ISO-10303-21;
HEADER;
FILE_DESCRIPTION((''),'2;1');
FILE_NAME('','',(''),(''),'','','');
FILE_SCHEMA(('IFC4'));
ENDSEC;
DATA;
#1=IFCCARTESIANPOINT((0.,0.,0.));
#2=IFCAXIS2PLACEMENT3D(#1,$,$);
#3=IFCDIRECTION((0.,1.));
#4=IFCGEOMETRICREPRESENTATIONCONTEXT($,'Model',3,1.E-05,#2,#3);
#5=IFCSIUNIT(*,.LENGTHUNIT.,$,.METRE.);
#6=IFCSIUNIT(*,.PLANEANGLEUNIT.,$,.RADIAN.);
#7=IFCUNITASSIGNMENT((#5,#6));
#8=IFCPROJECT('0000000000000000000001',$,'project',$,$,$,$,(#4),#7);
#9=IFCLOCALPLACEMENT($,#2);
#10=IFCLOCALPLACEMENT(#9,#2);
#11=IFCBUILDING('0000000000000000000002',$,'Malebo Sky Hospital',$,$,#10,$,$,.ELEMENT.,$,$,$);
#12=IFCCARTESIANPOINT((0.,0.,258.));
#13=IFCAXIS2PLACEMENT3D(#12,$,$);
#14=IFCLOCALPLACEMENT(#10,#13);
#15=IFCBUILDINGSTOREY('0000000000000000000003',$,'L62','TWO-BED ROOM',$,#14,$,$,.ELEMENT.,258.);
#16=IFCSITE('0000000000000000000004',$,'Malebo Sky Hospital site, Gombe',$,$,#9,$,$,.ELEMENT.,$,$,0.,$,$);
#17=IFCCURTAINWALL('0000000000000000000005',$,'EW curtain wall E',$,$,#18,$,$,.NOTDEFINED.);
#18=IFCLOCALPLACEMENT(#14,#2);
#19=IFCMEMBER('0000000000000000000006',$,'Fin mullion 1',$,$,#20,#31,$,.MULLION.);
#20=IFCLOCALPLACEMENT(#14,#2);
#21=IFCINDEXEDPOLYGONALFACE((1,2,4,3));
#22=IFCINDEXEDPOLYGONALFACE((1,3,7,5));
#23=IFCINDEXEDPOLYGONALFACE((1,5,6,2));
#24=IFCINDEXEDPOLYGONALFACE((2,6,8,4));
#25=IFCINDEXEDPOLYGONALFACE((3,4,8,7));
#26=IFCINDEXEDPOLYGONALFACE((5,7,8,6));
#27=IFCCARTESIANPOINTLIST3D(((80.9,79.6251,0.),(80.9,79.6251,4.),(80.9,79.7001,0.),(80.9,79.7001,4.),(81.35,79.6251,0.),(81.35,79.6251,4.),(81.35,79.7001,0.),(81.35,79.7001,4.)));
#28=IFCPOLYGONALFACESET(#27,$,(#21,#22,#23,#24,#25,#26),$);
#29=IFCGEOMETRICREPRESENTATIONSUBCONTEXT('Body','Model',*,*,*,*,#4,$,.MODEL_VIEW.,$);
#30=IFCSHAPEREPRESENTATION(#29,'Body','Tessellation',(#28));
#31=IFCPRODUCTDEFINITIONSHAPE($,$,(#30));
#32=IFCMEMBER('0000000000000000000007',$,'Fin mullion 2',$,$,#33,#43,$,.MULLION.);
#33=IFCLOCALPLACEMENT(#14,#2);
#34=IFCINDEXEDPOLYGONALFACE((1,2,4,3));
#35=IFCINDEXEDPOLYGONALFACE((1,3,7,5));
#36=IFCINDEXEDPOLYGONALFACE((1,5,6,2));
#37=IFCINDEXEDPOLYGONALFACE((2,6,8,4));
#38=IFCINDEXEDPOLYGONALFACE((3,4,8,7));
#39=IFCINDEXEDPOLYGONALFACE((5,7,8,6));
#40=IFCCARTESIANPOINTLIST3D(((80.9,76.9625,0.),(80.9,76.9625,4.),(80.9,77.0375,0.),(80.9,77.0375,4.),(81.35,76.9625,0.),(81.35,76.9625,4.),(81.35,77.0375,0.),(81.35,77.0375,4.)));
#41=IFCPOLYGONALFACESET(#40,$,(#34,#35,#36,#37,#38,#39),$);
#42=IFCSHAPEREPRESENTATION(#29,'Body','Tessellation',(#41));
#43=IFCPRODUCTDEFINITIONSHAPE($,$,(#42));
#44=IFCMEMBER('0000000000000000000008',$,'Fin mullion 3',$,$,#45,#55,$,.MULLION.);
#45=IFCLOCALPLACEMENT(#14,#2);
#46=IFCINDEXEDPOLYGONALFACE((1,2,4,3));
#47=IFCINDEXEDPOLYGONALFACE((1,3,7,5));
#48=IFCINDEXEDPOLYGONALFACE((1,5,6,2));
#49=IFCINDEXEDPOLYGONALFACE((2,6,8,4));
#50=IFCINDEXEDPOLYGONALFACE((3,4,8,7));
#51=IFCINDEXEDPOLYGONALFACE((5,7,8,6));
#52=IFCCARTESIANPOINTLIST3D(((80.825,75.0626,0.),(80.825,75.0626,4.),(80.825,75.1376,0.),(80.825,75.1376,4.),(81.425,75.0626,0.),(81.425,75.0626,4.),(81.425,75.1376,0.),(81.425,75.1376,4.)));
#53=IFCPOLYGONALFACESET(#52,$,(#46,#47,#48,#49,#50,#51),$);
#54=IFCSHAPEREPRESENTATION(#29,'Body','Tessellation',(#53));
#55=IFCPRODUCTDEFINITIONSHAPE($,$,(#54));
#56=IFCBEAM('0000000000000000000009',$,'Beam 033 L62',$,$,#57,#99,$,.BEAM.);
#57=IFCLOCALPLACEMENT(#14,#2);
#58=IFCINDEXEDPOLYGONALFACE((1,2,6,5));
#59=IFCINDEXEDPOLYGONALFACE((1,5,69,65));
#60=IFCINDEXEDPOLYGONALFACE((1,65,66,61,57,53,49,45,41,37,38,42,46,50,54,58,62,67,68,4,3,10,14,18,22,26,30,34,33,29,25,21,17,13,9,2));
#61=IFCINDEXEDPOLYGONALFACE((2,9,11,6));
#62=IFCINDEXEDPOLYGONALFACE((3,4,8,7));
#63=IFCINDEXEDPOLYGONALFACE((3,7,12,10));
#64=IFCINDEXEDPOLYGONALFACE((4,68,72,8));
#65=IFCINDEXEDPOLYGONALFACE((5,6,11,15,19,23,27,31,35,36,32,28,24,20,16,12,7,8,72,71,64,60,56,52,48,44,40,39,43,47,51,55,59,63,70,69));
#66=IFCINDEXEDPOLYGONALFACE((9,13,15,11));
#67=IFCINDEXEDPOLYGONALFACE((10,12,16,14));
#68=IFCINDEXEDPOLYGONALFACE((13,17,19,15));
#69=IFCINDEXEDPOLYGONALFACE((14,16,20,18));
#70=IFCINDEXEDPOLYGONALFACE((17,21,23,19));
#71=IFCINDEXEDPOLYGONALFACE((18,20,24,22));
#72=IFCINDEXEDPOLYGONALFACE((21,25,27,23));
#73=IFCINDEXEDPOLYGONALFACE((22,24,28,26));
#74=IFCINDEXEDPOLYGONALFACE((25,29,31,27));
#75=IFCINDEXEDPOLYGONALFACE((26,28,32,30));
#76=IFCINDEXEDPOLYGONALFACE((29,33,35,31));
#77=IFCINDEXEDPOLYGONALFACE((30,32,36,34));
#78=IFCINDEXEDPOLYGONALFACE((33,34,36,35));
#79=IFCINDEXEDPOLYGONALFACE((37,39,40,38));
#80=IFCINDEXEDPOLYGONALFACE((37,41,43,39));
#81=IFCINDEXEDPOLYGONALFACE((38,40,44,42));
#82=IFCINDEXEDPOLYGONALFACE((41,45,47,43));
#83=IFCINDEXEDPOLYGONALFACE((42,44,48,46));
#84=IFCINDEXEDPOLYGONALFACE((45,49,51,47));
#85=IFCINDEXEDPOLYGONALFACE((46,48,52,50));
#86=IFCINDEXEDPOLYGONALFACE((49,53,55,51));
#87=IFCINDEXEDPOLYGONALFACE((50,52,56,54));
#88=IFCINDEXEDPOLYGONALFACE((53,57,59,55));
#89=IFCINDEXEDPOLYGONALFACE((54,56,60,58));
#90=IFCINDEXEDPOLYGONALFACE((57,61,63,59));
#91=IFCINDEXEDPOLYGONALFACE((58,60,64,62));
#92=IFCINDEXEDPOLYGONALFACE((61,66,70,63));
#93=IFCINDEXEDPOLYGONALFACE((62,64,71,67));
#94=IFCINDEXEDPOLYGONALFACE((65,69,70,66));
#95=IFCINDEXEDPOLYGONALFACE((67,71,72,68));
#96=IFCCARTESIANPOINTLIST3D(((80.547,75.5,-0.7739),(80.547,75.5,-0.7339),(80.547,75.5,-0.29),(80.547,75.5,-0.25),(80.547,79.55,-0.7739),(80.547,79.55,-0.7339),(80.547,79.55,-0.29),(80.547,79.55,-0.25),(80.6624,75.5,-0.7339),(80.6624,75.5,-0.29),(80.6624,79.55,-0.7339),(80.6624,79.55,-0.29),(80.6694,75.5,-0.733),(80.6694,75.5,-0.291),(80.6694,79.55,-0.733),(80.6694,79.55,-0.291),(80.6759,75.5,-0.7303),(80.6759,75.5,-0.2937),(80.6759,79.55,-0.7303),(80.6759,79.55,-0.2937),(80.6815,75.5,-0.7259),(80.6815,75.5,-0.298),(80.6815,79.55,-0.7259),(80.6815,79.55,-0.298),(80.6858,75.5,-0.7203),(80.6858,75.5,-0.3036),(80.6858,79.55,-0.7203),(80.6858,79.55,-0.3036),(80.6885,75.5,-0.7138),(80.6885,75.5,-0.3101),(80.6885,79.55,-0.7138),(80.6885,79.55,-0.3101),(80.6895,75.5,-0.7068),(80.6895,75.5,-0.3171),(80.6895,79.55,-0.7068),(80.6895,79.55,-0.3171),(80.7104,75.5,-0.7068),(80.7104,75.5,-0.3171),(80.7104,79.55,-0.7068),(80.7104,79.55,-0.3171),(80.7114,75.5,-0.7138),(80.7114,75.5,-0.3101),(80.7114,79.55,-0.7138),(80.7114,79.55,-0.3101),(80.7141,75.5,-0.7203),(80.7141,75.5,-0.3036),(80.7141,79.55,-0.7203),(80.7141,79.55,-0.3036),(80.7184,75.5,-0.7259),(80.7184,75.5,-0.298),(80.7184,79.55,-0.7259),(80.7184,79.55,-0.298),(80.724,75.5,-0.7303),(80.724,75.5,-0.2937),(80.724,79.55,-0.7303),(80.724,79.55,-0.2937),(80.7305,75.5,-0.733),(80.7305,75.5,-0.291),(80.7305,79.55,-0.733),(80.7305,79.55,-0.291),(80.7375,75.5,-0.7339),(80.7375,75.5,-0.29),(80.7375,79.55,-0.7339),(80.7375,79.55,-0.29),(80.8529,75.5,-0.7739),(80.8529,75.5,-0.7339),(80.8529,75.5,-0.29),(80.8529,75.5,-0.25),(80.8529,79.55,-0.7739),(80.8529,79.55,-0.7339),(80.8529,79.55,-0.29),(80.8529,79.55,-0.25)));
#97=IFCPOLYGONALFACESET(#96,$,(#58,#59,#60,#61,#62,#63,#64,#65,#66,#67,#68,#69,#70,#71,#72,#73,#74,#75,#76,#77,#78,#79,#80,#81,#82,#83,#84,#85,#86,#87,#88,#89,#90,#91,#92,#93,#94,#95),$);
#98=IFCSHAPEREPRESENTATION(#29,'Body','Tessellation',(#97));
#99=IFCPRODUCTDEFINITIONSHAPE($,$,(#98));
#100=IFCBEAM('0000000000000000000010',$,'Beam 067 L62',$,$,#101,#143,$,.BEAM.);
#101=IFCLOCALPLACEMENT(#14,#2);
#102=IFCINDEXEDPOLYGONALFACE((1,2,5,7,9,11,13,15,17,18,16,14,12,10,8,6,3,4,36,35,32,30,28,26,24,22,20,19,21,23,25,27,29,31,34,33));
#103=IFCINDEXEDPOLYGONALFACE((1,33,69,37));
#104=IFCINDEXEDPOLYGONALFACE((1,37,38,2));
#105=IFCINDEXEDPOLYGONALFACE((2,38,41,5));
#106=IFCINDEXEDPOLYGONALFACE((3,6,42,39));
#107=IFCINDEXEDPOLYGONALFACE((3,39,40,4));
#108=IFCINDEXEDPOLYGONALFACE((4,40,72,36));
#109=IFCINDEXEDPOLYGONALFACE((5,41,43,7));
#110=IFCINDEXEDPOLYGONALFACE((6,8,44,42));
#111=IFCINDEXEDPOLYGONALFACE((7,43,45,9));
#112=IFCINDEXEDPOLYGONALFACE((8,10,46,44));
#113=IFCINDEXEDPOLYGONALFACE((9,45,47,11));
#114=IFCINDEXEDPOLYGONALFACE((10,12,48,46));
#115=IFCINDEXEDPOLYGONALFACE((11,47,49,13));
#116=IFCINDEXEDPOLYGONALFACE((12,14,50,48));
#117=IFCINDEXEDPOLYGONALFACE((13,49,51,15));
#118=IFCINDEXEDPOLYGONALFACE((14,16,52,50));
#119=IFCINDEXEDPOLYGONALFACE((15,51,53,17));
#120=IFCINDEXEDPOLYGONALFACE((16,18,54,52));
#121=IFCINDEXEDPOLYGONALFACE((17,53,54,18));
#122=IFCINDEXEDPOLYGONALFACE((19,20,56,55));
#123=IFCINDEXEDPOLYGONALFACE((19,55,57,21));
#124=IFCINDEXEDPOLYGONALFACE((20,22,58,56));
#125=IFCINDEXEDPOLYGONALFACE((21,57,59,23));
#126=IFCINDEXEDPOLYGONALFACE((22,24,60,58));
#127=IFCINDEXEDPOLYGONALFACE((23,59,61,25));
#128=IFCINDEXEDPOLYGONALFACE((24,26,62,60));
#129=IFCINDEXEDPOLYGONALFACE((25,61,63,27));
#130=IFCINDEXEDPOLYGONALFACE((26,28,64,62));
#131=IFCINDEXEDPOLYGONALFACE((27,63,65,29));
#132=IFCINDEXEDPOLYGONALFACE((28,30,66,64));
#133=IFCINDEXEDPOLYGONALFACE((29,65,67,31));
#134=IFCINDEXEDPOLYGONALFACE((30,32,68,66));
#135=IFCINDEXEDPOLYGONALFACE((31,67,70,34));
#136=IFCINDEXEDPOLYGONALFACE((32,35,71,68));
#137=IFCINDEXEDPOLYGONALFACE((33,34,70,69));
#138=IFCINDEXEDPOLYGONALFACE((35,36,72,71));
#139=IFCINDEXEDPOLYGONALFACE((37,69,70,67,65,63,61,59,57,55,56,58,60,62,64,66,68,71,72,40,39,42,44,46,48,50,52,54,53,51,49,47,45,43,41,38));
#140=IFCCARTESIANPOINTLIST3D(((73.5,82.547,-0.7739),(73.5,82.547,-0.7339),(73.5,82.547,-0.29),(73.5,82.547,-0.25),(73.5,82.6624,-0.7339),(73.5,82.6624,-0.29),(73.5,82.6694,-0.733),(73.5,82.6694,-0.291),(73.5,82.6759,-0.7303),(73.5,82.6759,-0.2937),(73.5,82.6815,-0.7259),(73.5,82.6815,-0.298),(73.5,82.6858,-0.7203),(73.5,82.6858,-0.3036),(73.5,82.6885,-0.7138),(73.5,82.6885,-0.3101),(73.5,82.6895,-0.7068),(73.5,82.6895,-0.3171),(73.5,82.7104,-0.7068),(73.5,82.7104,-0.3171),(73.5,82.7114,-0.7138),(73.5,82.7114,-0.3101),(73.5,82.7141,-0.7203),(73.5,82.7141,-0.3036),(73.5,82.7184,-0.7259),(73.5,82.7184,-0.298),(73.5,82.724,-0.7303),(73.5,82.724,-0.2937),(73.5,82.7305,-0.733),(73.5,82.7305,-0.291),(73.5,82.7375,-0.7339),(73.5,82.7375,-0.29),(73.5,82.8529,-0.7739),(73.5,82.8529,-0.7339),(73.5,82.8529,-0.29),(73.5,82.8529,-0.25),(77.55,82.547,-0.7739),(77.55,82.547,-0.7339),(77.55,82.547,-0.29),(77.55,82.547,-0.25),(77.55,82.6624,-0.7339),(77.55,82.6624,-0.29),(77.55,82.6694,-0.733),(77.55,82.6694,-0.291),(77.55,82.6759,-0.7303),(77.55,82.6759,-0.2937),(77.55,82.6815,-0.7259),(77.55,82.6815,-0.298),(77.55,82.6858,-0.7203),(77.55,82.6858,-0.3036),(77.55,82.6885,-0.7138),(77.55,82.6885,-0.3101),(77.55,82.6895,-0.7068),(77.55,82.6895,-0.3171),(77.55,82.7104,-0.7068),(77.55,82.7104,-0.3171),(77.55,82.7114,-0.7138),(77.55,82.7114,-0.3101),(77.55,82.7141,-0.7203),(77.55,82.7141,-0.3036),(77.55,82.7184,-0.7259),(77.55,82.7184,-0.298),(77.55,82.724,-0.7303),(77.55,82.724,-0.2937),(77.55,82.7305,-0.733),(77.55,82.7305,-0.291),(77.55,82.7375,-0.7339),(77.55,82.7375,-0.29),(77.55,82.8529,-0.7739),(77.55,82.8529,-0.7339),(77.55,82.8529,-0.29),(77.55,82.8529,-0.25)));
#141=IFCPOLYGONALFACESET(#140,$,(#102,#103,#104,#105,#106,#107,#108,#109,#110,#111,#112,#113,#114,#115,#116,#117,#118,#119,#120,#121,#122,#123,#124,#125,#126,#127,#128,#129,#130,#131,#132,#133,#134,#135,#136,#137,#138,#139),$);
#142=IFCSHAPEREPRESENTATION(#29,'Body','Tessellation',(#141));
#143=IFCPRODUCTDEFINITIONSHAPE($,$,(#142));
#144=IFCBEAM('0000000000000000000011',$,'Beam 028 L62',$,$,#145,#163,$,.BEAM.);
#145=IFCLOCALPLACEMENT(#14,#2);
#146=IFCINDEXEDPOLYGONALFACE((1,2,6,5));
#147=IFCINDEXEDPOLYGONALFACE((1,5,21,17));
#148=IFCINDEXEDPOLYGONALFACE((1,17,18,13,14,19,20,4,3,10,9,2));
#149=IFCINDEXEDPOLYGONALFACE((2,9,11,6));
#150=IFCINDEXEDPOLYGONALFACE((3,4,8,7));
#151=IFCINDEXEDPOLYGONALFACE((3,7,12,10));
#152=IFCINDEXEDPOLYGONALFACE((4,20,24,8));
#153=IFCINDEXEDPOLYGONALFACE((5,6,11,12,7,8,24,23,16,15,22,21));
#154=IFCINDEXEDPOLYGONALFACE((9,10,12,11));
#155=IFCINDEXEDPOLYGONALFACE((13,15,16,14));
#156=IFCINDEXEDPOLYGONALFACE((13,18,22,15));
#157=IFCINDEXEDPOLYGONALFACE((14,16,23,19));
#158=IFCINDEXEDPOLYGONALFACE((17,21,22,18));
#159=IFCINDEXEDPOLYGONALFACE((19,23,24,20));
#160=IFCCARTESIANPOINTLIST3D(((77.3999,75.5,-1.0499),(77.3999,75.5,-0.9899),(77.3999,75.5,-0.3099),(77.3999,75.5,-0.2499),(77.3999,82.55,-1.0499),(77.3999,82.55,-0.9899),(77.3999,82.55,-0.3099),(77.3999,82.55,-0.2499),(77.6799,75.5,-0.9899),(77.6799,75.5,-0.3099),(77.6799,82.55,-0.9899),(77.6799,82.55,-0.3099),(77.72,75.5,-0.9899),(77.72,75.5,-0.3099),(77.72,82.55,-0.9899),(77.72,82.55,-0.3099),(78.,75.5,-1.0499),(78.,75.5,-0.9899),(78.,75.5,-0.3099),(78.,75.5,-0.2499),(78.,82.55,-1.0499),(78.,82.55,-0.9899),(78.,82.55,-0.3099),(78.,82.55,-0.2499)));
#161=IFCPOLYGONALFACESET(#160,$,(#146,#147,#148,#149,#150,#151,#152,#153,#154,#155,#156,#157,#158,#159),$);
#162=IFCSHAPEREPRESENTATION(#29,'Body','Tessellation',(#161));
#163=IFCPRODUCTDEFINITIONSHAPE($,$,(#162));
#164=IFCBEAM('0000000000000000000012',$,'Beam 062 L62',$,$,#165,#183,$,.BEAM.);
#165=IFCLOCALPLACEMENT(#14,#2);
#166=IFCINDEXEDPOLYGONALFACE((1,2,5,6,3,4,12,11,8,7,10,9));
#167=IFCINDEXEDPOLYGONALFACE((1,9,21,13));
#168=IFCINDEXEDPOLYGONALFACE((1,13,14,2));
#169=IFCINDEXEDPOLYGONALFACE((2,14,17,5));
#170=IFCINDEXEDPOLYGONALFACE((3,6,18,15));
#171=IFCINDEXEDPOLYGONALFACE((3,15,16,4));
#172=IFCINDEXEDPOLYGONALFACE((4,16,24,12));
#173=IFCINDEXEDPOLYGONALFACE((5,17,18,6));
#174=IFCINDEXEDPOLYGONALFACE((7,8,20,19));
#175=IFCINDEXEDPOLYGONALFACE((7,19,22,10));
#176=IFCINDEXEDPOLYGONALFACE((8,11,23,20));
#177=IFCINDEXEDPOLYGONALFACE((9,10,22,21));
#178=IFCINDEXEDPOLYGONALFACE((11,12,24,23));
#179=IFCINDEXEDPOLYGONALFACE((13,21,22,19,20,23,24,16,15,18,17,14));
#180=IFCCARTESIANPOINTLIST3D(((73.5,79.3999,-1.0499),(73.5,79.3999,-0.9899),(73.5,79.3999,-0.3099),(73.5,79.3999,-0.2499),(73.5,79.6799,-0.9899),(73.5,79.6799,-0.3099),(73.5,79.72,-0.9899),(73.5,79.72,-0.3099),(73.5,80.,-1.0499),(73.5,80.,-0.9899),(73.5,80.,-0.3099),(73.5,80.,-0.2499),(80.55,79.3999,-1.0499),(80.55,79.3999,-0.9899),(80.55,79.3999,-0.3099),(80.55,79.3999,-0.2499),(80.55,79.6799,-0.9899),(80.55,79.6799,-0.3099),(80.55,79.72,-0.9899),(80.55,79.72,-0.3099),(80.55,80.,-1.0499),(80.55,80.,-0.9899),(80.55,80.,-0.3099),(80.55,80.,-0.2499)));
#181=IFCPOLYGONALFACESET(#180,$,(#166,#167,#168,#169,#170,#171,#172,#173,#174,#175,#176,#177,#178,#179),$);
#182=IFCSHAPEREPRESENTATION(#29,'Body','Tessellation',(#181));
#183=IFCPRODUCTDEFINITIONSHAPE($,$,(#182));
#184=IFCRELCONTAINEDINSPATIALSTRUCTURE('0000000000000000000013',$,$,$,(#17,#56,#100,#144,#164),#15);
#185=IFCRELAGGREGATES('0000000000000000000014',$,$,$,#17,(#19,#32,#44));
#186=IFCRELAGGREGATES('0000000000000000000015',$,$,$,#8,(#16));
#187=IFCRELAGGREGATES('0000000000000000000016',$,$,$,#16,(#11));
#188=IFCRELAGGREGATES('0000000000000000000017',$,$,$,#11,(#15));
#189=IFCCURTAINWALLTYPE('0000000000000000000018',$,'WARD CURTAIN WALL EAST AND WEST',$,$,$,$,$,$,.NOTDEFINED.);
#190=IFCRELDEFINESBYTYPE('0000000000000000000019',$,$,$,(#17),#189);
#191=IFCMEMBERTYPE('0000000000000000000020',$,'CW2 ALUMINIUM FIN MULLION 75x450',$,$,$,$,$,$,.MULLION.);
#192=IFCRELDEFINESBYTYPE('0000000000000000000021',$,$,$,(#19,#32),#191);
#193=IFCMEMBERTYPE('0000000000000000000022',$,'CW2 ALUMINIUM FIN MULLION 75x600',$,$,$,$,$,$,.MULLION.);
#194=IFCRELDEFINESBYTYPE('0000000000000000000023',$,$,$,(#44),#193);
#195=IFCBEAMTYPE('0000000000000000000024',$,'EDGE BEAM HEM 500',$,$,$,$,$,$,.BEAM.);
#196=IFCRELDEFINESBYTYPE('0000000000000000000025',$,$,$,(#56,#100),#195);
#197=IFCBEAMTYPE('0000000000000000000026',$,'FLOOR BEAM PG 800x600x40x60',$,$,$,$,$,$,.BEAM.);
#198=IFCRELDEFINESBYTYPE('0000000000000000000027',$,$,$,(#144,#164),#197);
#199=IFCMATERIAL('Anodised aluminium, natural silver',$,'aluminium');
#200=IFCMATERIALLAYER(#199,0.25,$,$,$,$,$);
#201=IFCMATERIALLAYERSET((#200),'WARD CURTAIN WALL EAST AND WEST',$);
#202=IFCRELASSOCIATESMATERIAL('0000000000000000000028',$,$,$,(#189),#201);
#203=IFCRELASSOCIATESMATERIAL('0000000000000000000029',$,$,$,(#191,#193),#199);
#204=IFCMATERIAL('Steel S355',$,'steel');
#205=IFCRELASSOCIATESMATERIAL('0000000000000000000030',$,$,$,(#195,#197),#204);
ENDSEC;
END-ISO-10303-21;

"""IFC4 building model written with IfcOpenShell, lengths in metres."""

from ifc_helpers import new_model, si_unit, direction, frame, origin, origin_2d, place, context, subcontext, project, spatial, rectangle, i_section, extrude, material, layer, layer_set, material_profile, profile_set, type_object, element, aggregate, save


model = new_model("IFC4")

# Units and contexts
model_context = context("Model", 3, precision=1e-05, world=origin(), true_north=direction((0.0, 1.0)))
body_context = subcontext(model_context, "Body", "Model", "MODEL_VIEW")
ifc_project = project(units=[si_unit("LENGTHUNIT", "METRE"), si_unit("PLANEANGLEUNIT", "RADIAN")], contexts=[model_context])

# Site, building, storey
site_placement = place(None, origin())
site = spatial("IfcSite", under=ifc_project, at=site_placement, Name="Malebo Sky Hospital site, Gombe", CompositionType="ELEMENT", RefElevation=0.0)
building_placement = place(site_placement, origin())
building = spatial("IfcBuilding", under=site, at=building_placement, Name="Malebo Sky Hospital", CompositionType="ELEMENT")
storey_placement = place(building_placement, frame((0.0, 0.0, 258.0)))
storey = spatial("IfcBuildingStorey", under=building, at=storey_placement, Name="L62", Description="TWO-BED ROOM", CompositionType="ELEMENT", Elevation=258.0)

# Shared definitions
ifc_material_1 = material(Name="Anodised aluminium, natural silver", Category="aluminium")

# Curtain wall
ifc_layer_1 = layer(ifc_material_1, 0.25)
ifc_layer_set_1 = layer_set([ifc_layer_1], Name="WARD CURTAIN WALL EAST AND WEST")
curtain_wall_type_1 = type_object("IfcCurtainWallType", Name="WARD CURTAIN WALL EAST AND WEST", PredefinedType="NOTDEFINED", material=ifc_layer_set_1)
curtain_wall_1_placement = place(storey_placement, origin())
curtain_wall_1 = element("IfcCurtainWall", 1, at=curtain_wall_1_placement, inside=storey, type_object=curtain_wall_type_1, Name="EW curtain wall E", PredefinedType="NOTDEFINED")

# Members
ifc_material_profile_1 = material_profile(ifc_material_1, rectangle(XDim=0.075, YDim=0.45, at=origin_2d()), Name="CW2 ALUMINIUM FIN MULLION 75x450")
ifc_profile_set_1 = profile_set([ifc_material_profile_1], Name="Anodised aluminium, natural silver")
member_type_1 = type_object("IfcMemberType", Name="CW2 ALUMINIUM FIN MULLION 75x450", PredefinedType="MULLION", material=ifc_profile_set_1)
member_1_placement = place(storey_placement, frame((81.125, 79.6626, 0.0), z_axis=(0.0, 0.0, 1.0), x_axis=(0.0, -1.0, 0.0)))
member_1 = element("IfcMember", 2, at=member_1_placement, type_object=member_type_1, Name="Fin mullion 1", PredefinedType="MULLION", context=body_context, shape_type="SweptSolid", body=[
    extrude(rectangle(XDim=0.075, YDim=0.45, at=origin_2d()), origin(), (0.0, 0.0, 1.0), 4.0),
])
member_2_placement = place(storey_placement, frame((81.125, 77.0, 0.0), z_axis=(0.0, 0.0, 1.0), x_axis=(0.0, -1.0, 0.0)))
member_2 = element("IfcMember", 3, at=member_2_placement, type_object=member_type_1, Name="Fin mullion 2", PredefinedType="MULLION", context=body_context, shape_type="SweptSolid", body=[
    extrude(rectangle(XDim=0.075, YDim=0.45, at=origin_2d()), origin(), (0.0, 0.0, 1.0), 4.0),
])
ifc_material_profile_2 = material_profile(ifc_material_1, rectangle(XDim=0.075, YDim=0.6001, at=origin_2d()), Name="CW2 ALUMINIUM FIN MULLION 75x600")
ifc_profile_set_2 = profile_set([ifc_material_profile_2], Name="Anodised aluminium, natural silver")
member_type_2 = type_object("IfcMemberType", Name="CW2 ALUMINIUM FIN MULLION 75x600", PredefinedType="MULLION", material=ifc_profile_set_2)
member_3_placement = place(storey_placement, frame((81.125, 75.1001, 0.0), z_axis=(0.0, 0.0, 1.0), x_axis=(0.0, -1.0, 0.0)))
member_3 = element("IfcMember", 4, at=member_3_placement, type_object=member_type_2, Name="Fin mullion 3", PredefinedType="MULLION", context=body_context, shape_type="SweptSolid", body=[
    extrude(rectangle(XDim=0.075, YDim=0.6001, at=origin_2d()), origin(), (0.0, 0.0, 1.0), 4.0),
])

# Beams
ifc_material_2 = material(Name="Steel S355", Category="steel")
ifc_material_profile_3 = material_profile(ifc_material_2, i_section(OverallWidth=0.3059, OverallDepth=0.5239, WebThickness=0.021, FlangeThickness=0.04, FilletRadius=0.0271, at=origin_2d()), Name="HEM 500")
ifc_profile_set_3 = profile_set([ifc_material_profile_3], Name="Steel S355")
beam_type_1 = type_object("IfcBeamType", Name="EDGE BEAM HEM 500", PredefinedType="BEAM", material=ifc_profile_set_3)
for number, where, z_axis, x_axis, name in (
    (5, (80.7, 75.5, -0.512), (0.0, 1.0, 0.0), (-1.0, 0.0, 0.0), "Beam 033 L62"),
    (6, (73.5, 82.7, -0.512), (1.0, 0.0, 0.0), (0.0, 1.0, 0.0), "Beam 067 L62"),
):
    element("IfcBeam", number, at=place(storey_placement, frame(where, z_axis=z_axis, x_axis=x_axis)), inside=storey, type_object=beam_type_1, Name=name, PredefinedType="BEAM", context=body_context, shape_type="SweptSolid", body=[
        extrude(i_section(OverallWidth=0.3059, OverallDepth=0.5239, WebThickness=0.021, FlangeThickness=0.04, FilletRadius=0.0271, at=origin_2d()), origin(), (0.0, 0.0, 1.0), 4.05),
    ])
ifc_material_profile_4 = material_profile(ifc_material_2, i_section(OverallWidth=0.6001, OverallDepth=0.8, WebThickness=0.04, FlangeThickness=0.0601, at=origin_2d()), Name="PG 800x600x40x60")
ifc_profile_set_4 = profile_set([ifc_material_profile_4], Name="Steel S355")
beam_type_2 = type_object("IfcBeamType", Name="FLOOR BEAM PG 800x600x40x60", PredefinedType="BEAM", material=ifc_profile_set_4)
for number, where, z_axis, x_axis, name in (
    (7, (77.7, 75.5, -0.6499), (0.0, 1.0, 0.0), (-1.0, 0.0, 0.0), "Beam 028 L62"),
    (8, (73.5, 79.7, -0.6499), (1.0, 0.0, 0.0), (0.0, 1.0, 0.0), "Beam 062 L62"),
):
    element("IfcBeam", number, at=place(storey_placement, frame(where, z_axis=z_axis, x_axis=x_axis)), inside=storey, type_object=beam_type_2, Name=name, PredefinedType="BEAM", context=body_context, shape_type="SweptSolid", body=[
        extrude(i_section(OverallWidth=0.6001, OverallDepth=0.8, WebThickness=0.04, FlangeThickness=0.0601, at=origin_2d()), origin(), (0.0, 0.0, 1.0), 7.05),
    ])

aggregate(curtain_wall_1, [member_1, member_2, member_3])

save(model, "model.ifc")
